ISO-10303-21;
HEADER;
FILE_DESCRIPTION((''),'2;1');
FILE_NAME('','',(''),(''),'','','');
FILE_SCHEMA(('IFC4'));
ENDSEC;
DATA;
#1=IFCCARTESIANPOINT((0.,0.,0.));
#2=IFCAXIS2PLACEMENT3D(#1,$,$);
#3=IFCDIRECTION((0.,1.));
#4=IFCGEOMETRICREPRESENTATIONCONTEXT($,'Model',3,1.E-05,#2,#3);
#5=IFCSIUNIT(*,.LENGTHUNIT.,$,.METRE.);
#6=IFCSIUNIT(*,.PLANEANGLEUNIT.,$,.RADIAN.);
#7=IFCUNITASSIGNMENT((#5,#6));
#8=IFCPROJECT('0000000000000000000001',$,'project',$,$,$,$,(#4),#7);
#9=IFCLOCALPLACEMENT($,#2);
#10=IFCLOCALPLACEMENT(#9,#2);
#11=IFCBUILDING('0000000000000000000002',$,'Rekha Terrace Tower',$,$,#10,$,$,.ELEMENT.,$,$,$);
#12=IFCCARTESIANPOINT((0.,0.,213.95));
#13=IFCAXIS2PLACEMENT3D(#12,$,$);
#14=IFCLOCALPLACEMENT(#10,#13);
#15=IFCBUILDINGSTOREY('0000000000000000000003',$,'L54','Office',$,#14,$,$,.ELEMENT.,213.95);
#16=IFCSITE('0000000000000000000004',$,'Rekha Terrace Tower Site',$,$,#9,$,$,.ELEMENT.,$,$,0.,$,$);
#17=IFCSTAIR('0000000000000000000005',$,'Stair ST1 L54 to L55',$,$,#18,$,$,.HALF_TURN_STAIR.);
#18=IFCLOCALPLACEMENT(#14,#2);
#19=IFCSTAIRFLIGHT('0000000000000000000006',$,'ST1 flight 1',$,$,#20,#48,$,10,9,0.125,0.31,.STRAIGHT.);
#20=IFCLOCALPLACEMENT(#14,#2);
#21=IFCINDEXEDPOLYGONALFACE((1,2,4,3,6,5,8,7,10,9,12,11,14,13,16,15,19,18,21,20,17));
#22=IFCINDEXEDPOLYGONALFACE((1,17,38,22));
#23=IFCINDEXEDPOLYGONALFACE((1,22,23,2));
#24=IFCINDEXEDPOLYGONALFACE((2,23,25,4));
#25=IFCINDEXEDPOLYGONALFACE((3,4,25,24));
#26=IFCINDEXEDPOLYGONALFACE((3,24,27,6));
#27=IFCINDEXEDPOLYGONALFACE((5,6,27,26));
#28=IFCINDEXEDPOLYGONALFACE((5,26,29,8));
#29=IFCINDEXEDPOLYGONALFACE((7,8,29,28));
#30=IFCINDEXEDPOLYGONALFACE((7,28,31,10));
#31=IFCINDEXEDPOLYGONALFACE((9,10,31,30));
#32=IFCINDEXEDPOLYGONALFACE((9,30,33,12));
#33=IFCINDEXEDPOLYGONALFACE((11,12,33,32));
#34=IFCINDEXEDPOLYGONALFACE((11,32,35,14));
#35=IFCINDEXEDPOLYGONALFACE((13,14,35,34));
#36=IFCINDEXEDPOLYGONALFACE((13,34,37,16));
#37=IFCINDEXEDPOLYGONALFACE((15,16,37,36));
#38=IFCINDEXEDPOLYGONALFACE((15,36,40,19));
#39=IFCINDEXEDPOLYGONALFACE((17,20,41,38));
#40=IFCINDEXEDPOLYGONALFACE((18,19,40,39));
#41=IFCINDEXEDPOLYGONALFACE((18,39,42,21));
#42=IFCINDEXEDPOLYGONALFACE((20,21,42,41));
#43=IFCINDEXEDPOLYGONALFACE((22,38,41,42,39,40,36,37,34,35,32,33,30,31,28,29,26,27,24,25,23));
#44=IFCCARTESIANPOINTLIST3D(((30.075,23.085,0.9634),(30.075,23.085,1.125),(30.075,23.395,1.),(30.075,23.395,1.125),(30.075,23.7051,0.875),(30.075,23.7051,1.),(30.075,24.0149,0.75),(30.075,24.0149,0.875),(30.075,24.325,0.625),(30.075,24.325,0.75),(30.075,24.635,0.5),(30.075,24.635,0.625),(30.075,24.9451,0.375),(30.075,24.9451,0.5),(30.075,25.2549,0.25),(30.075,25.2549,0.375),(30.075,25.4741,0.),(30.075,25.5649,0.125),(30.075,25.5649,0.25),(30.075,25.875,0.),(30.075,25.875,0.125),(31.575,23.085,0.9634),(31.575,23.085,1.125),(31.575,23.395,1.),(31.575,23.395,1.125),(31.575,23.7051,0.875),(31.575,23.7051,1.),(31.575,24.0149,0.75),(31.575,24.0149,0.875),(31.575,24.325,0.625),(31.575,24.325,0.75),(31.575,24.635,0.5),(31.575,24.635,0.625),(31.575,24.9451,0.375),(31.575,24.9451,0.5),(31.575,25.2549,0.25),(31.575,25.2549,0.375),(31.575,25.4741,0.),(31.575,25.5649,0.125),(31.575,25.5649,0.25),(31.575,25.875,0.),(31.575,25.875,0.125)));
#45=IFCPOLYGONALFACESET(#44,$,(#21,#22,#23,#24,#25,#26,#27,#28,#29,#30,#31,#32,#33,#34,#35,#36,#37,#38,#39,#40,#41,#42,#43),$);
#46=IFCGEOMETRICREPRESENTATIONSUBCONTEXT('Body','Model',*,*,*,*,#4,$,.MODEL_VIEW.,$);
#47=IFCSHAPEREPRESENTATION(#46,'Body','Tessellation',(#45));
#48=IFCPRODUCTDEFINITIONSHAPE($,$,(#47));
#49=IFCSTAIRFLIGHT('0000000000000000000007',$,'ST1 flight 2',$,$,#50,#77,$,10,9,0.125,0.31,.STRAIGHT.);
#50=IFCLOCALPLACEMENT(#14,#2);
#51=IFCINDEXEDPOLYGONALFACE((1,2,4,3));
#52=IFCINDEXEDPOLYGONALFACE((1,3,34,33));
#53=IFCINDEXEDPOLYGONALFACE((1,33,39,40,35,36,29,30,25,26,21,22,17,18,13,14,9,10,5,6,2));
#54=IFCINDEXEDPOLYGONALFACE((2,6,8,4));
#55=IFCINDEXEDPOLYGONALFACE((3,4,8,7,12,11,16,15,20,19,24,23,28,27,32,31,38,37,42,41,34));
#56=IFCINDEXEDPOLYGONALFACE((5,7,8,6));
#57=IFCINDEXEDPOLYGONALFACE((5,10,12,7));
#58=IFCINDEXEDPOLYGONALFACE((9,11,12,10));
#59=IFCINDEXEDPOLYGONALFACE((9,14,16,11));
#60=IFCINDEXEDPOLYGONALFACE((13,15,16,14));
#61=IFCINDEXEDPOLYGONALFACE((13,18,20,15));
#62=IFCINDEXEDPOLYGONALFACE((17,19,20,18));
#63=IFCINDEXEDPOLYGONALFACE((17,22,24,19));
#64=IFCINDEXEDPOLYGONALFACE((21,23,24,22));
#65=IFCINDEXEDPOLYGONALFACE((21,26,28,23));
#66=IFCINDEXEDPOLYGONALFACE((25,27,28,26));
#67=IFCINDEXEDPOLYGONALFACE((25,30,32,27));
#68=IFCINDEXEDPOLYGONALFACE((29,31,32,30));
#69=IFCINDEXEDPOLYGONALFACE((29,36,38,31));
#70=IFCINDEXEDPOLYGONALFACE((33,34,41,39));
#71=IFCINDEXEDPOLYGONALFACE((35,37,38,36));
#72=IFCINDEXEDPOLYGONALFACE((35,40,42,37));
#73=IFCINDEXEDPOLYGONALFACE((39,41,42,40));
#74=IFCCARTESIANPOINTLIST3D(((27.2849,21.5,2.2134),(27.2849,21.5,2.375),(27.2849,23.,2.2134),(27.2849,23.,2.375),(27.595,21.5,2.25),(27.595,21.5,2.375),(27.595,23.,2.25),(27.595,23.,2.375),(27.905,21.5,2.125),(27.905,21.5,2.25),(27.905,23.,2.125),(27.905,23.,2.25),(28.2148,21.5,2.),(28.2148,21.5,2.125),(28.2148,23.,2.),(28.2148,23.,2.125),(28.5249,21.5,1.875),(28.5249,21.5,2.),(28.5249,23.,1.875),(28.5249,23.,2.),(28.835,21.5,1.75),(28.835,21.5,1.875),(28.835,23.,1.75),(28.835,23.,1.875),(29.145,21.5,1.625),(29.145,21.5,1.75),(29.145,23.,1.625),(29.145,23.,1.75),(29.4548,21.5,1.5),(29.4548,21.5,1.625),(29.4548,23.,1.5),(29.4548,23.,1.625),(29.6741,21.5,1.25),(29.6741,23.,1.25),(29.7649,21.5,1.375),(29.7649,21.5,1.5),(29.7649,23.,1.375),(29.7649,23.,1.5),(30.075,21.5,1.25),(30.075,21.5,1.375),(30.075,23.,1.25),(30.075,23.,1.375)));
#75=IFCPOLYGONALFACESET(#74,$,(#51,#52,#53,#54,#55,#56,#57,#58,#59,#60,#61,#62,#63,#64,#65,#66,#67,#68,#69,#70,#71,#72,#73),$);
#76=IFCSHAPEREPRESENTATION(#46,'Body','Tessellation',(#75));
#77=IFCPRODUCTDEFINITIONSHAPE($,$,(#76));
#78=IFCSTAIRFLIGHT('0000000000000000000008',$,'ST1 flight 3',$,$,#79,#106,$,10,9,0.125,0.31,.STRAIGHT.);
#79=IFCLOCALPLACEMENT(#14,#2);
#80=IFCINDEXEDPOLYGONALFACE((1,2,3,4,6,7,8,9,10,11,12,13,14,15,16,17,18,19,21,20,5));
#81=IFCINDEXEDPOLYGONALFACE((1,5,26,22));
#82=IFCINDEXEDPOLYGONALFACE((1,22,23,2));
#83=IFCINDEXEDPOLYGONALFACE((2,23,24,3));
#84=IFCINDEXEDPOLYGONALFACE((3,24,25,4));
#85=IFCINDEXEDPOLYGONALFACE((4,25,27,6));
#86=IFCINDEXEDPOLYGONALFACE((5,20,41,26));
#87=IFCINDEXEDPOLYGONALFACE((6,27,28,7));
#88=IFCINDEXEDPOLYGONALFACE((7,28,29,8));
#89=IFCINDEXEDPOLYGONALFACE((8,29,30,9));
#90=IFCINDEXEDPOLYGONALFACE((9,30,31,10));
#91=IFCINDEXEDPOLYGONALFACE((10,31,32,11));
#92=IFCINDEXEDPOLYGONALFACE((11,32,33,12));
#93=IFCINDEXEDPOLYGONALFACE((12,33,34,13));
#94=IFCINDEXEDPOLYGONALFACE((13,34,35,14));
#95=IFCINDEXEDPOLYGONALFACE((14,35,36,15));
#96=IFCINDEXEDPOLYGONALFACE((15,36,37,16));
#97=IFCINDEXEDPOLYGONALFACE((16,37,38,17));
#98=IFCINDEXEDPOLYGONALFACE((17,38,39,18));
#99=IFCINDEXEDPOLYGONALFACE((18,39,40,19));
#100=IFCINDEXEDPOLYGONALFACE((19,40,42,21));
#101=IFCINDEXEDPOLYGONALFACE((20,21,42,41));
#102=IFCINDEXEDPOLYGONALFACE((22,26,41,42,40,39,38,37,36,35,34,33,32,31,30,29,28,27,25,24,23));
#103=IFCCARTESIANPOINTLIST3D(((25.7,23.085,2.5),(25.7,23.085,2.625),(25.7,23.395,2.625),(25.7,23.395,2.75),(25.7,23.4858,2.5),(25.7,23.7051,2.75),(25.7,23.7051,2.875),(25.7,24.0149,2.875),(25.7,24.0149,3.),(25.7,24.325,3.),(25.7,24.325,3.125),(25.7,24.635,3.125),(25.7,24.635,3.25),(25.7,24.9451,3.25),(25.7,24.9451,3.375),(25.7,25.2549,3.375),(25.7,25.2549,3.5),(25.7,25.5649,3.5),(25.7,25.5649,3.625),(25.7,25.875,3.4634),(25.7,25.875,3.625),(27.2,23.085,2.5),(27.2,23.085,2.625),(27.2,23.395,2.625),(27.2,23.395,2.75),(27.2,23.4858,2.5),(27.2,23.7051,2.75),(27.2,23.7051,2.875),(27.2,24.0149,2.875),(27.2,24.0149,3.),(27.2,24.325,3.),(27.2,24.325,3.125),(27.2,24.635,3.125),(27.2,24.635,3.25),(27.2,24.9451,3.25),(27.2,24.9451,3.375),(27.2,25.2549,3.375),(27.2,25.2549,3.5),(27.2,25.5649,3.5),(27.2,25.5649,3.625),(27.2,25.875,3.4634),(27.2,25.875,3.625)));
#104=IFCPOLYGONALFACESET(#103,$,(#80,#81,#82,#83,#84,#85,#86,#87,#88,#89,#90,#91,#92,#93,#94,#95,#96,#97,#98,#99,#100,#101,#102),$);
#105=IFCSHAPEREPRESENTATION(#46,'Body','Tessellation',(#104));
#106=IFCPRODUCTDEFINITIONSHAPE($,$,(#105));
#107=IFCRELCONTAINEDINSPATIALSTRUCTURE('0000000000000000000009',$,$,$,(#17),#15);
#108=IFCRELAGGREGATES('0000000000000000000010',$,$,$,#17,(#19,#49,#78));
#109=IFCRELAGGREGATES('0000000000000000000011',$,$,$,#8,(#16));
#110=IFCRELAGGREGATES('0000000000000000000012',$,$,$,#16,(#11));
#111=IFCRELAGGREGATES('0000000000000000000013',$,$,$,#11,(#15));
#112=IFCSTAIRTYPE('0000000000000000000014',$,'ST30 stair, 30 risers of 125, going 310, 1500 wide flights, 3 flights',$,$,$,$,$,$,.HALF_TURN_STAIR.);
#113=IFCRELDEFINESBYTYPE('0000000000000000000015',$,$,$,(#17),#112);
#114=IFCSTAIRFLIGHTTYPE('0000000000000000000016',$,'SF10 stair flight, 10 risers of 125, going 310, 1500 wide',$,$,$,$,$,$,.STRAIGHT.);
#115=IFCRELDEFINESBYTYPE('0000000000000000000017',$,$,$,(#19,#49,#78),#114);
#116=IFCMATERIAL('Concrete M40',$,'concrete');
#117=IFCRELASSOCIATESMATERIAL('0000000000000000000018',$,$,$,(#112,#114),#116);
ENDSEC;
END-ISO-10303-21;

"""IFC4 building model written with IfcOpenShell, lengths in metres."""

from ifc_helpers import new_model, si_unit, direction, frame, origin, place, context, subcontext, project, spatial, polyline, outline, extrude, material, type_object, element, aggregate, save


model = new_model("IFC4")

# Units and contexts
model_context = context("Model", 3, precision=1e-05, world=origin(), true_north=direction((0.0, 1.0)))
body_context = subcontext(model_context, "Body", "Model", "MODEL_VIEW")
ifc_project = project(units=[si_unit("LENGTHUNIT", "METRE"), si_unit("PLANEANGLEUNIT", "RADIAN")], contexts=[model_context])

# Site, building, storey
site_placement = place(None, origin())
site = spatial("IfcSite", under=ifc_project, at=site_placement, Name="Rekha Terrace Tower Site", CompositionType="ELEMENT", RefElevation=0.0)
building_placement = place(site_placement, origin())
building = spatial("IfcBuilding", under=site, at=building_placement, Name="Rekha Terrace Tower", CompositionType="ELEMENT")
storey_placement = place(building_placement, frame((0.0, 0.0, 213.95)))
storey = spatial("IfcBuildingStorey", under=building, at=storey_placement, Name="L54", Description="Office", CompositionType="ELEMENT", Elevation=213.95)

# Stair, stair flights
ifc_material_1 = material(Name="Concrete M40", Category="concrete")
stair_type = type_object("IfcStairType", Name="ST30 stair, 30 risers of 125, going 310, 1500 wide flights, 3 flights", PredefinedType="HALF_TURN_STAIR", material=ifc_material_1)
stair_placement = place(storey_placement, origin())
stair = element("IfcStair", 1, at=stair_placement, inside=storey, type_object=stair_type, Name="Stair ST1 L54 to L55", PredefinedType="HALF_TURN_STAIR")
stair_flight_type = type_object("IfcStairFlightType", Name="SF10 stair flight, 10 risers of 125, going 310, 1500 wide", PredefinedType="STRAIGHT", material=ifc_material_1)
stair_flight_1_placement = place(storey_placement, frame((30.825, 25.875, 0.0), z_axis=(0.0, 0.0, 1.0), x_axis=(0.0, -1.0, 0.0)))
stair_flight_1 = element("IfcStairFlight", 2, at=stair_flight_1_placement, type_object=stair_flight_type, Name="ST1 flight 1", NumberOfRisers=10, NumberOfTreads=9, PredefinedType="STRAIGHT", RiserHeight=0.125, TreadLength=0.31, context=body_context, shape_type="SweptSolid", body=[
    extrude(outline(polyline([(0.0, 0.0), (0.0, 0.125), (0.3101, 0.125), (0.3101, 0.25), (0.6201, 0.25), (0.6201, 0.375), (0.9299, 0.375), (0.9299, 0.5), (1.24, 0.5), (1.24, 0.625), (1.55, 0.625), (1.55, 0.75), (1.8601, 0.75), (1.8601, 0.875), (2.1699, 0.875), (2.1699, 1.0), (2.48, 1.0), (2.48, 1.125), (2.79, 1.125), (2.79, 1.25), (2.79, 0.9634), (0.4009, 0.0), (0.0, 0.0)])), frame((0.0, 0.75, 0.0), z_axis=(0.0, -1.0, 0.0), x_axis=(1.0, 0.0, 0.0)), (0.0, 0.0, 1.0), 1.5),
])
stair_flight_2_placement = place(storey_placement, frame((30.075, 22.25, 1.25), z_axis=(0.0, 0.0, 1.0), x_axis=(-1.0, 0.0, 0.0)))
stair_flight_2 = element("IfcStairFlight", 3, at=stair_flight_2_placement, type_object=stair_flight_type, Name="ST1 flight 2", NumberOfRisers=10, NumberOfTreads=9, PredefinedType="STRAIGHT", RiserHeight=0.125, TreadLength=0.31, context=body_context, shape_type="SweptSolid", body=[
    extrude(outline(polyline([(0.0, 0.0), (0.0, 0.125), (0.3101, 0.125), (0.3101, 0.25), (0.6201, 0.25), (0.6201, 0.375), (0.9299, 0.375), (0.9299, 0.5), (1.24, 0.5), (1.24, 0.625), (1.55, 0.625), (1.55, 0.75), (1.8601, 0.75), (1.8601, 0.875), (2.1699, 0.875), (2.1699, 1.0), (2.48, 1.0), (2.48, 1.125), (2.79, 1.125), (2.79, 1.25), (2.79, 0.9634), (0.4009, 0.0), (0.0, 0.0)])), frame((0.0, 0.75, 0.0), z_axis=(0.0, -1.0, 0.0), x_axis=(1.0, 0.0, 0.0)), (0.0, 0.0, 1.0), 1.5),
])
stair_flight_3_placement = place(storey_placement, frame((26.45, 23.085, 2.5), z_axis=(0.0, 0.0, 1.0), x_axis=(0.0, 1.0, 0.0)))
stair_flight_3 = element("IfcStairFlight", 4, at=stair_flight_3_placement, type_object=stair_flight_type, Name="ST1 flight 3", NumberOfRisers=10, NumberOfTreads=9, PredefinedType="STRAIGHT", RiserHeight=0.125, TreadLength=0.31, context=body_context, shape_type="SweptSolid", body=[
    extrude(outline(polyline([(0.0, 0.0), (0.0, 0.125), (0.3101, 0.125), (0.3101, 0.25), (0.6201, 0.25), (0.6201, 0.375), (0.9299, 0.375), (0.9299, 0.5), (1.24, 0.5), (1.24, 0.625), (1.55, 0.625), (1.55, 0.75), (1.8601, 0.75), (1.8601, 0.875), (2.1699, 0.875), (2.1699, 1.0), (2.48, 1.0), (2.48, 1.125), (2.79, 1.125), (2.79, 1.25), (2.79, 0.9634), (0.4009, 0.0), (0.0, 0.0)])), frame((0.0, 0.75, 0.0), z_axis=(0.0, -1.0, 0.0), x_axis=(1.0, 0.0, 0.0)), (0.0, 0.0, 1.0), 1.5),
])
aggregate(stair, [stair_flight_1, stair_flight_2, stair_flight_3])

save(model, "model.ifc")
